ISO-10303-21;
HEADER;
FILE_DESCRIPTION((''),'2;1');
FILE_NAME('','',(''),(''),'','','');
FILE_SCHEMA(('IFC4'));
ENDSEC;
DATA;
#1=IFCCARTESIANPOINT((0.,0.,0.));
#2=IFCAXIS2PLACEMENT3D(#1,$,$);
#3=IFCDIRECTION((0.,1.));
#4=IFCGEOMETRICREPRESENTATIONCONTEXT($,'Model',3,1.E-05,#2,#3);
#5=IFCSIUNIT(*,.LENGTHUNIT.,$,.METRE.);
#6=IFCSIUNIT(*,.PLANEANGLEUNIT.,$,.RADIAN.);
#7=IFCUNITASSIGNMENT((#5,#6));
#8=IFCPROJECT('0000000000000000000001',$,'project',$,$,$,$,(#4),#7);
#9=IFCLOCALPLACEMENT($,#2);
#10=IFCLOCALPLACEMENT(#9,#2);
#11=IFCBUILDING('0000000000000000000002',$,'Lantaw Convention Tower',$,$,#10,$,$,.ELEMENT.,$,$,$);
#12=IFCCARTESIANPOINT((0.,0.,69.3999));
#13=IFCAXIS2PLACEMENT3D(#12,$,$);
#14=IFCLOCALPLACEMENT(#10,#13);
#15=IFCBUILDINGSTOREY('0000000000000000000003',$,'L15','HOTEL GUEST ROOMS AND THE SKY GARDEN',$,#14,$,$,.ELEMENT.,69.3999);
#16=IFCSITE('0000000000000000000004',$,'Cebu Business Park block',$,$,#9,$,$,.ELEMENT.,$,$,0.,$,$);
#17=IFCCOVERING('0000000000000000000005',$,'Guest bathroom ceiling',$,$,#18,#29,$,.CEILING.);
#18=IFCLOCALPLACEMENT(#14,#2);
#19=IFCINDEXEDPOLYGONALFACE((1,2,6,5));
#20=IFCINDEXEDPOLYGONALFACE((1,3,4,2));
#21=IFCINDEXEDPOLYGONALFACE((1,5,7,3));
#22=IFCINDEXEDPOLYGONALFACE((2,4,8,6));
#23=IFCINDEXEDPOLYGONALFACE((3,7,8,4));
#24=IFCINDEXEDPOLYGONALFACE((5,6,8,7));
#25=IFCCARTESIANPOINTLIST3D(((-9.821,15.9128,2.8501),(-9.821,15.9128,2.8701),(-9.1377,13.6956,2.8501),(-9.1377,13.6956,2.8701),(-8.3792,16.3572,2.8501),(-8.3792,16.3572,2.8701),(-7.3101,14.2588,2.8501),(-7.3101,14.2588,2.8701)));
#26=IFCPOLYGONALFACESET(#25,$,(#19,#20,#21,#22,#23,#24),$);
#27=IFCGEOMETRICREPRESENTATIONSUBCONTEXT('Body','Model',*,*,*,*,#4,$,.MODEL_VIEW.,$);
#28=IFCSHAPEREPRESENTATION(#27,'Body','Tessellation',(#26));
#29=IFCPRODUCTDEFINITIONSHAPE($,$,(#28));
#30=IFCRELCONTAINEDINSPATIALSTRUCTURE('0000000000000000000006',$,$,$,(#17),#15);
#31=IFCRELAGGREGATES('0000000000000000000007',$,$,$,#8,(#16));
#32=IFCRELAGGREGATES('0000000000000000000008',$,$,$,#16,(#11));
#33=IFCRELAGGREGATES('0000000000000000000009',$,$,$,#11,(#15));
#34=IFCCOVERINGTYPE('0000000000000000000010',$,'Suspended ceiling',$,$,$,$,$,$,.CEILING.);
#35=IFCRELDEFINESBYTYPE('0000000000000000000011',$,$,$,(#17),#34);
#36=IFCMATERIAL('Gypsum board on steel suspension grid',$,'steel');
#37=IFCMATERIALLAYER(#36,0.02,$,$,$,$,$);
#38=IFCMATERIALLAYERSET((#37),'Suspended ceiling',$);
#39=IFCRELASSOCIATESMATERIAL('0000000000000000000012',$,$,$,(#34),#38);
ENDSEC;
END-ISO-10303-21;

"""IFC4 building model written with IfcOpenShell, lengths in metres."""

from ifc_helpers import new_model, si_unit, direction, frame, origin, place, context, subcontext, project, spatial, polyline, outline, extrude, material, layer, layer_set, type_object, element, save


model = new_model("IFC4")

# Units and contexts
model_context = context("Model", 3, precision=1e-05, world=origin(), true_north=direction((0.0, 1.0)))
body_context = subcontext(model_context, "Body", "Model", "MODEL_VIEW")
ifc_project = project(units=[si_unit("LENGTHUNIT", "METRE"), si_unit("PLANEANGLEUNIT", "RADIAN")], contexts=[model_context])

# Site, building, storey
site_placement = place(None, origin())
site = spatial("IfcSite", under=ifc_project, at=site_placement, Name="Cebu Business Park block", CompositionType="ELEMENT", RefElevation=0.0)
building_placement = place(site_placement, origin())
building = spatial("IfcBuilding", under=site, at=building_placement, Name="Lantaw Convention Tower", CompositionType="ELEMENT")
storey_placement = place(building_placement, frame((0.0, 0.0, 69.3999)))
storey = spatial("IfcBuildingStorey", under=building, at=storey_placement, Name="L15", Description="HOTEL GUEST ROOMS AND THE SKY GARDEN", CompositionType="ELEMENT", Elevation=69.3999)

# Covering
ifc_material_1 = material(Name="Gypsum board on steel suspension grid", Category="steel")
ifc_layer_1 = layer(ifc_material_1, 0.02)
ifc_layer_set_1 = layer_set([ifc_layer_1], Name="Suspended ceiling")
covering_type = type_object("IfcCoveringType", Name="Suspended ceiling", PredefinedType="CEILING", material=ifc_layer_set_1)
covering_1_placement = place(storey_placement, frame((0.0, 0.0, 2.8501)))
element("IfcCovering", 1, at=covering_1_placement, inside=storey, type_object=covering_type, Name="Guest bathroom ceiling", PredefinedType="CEILING", context=body_context, shape_type="SweptSolid", body=[
    extrude(outline(polyline([(-7.3101, 14.2588), (-8.3792, 16.3572), (-9.821, 15.9128), (-9.1377, 13.6956), (-7.3101, 14.2588)])), origin(), (0.0, 0.0, 1.0), 0.02),
])

save(model, "model.ifc")
